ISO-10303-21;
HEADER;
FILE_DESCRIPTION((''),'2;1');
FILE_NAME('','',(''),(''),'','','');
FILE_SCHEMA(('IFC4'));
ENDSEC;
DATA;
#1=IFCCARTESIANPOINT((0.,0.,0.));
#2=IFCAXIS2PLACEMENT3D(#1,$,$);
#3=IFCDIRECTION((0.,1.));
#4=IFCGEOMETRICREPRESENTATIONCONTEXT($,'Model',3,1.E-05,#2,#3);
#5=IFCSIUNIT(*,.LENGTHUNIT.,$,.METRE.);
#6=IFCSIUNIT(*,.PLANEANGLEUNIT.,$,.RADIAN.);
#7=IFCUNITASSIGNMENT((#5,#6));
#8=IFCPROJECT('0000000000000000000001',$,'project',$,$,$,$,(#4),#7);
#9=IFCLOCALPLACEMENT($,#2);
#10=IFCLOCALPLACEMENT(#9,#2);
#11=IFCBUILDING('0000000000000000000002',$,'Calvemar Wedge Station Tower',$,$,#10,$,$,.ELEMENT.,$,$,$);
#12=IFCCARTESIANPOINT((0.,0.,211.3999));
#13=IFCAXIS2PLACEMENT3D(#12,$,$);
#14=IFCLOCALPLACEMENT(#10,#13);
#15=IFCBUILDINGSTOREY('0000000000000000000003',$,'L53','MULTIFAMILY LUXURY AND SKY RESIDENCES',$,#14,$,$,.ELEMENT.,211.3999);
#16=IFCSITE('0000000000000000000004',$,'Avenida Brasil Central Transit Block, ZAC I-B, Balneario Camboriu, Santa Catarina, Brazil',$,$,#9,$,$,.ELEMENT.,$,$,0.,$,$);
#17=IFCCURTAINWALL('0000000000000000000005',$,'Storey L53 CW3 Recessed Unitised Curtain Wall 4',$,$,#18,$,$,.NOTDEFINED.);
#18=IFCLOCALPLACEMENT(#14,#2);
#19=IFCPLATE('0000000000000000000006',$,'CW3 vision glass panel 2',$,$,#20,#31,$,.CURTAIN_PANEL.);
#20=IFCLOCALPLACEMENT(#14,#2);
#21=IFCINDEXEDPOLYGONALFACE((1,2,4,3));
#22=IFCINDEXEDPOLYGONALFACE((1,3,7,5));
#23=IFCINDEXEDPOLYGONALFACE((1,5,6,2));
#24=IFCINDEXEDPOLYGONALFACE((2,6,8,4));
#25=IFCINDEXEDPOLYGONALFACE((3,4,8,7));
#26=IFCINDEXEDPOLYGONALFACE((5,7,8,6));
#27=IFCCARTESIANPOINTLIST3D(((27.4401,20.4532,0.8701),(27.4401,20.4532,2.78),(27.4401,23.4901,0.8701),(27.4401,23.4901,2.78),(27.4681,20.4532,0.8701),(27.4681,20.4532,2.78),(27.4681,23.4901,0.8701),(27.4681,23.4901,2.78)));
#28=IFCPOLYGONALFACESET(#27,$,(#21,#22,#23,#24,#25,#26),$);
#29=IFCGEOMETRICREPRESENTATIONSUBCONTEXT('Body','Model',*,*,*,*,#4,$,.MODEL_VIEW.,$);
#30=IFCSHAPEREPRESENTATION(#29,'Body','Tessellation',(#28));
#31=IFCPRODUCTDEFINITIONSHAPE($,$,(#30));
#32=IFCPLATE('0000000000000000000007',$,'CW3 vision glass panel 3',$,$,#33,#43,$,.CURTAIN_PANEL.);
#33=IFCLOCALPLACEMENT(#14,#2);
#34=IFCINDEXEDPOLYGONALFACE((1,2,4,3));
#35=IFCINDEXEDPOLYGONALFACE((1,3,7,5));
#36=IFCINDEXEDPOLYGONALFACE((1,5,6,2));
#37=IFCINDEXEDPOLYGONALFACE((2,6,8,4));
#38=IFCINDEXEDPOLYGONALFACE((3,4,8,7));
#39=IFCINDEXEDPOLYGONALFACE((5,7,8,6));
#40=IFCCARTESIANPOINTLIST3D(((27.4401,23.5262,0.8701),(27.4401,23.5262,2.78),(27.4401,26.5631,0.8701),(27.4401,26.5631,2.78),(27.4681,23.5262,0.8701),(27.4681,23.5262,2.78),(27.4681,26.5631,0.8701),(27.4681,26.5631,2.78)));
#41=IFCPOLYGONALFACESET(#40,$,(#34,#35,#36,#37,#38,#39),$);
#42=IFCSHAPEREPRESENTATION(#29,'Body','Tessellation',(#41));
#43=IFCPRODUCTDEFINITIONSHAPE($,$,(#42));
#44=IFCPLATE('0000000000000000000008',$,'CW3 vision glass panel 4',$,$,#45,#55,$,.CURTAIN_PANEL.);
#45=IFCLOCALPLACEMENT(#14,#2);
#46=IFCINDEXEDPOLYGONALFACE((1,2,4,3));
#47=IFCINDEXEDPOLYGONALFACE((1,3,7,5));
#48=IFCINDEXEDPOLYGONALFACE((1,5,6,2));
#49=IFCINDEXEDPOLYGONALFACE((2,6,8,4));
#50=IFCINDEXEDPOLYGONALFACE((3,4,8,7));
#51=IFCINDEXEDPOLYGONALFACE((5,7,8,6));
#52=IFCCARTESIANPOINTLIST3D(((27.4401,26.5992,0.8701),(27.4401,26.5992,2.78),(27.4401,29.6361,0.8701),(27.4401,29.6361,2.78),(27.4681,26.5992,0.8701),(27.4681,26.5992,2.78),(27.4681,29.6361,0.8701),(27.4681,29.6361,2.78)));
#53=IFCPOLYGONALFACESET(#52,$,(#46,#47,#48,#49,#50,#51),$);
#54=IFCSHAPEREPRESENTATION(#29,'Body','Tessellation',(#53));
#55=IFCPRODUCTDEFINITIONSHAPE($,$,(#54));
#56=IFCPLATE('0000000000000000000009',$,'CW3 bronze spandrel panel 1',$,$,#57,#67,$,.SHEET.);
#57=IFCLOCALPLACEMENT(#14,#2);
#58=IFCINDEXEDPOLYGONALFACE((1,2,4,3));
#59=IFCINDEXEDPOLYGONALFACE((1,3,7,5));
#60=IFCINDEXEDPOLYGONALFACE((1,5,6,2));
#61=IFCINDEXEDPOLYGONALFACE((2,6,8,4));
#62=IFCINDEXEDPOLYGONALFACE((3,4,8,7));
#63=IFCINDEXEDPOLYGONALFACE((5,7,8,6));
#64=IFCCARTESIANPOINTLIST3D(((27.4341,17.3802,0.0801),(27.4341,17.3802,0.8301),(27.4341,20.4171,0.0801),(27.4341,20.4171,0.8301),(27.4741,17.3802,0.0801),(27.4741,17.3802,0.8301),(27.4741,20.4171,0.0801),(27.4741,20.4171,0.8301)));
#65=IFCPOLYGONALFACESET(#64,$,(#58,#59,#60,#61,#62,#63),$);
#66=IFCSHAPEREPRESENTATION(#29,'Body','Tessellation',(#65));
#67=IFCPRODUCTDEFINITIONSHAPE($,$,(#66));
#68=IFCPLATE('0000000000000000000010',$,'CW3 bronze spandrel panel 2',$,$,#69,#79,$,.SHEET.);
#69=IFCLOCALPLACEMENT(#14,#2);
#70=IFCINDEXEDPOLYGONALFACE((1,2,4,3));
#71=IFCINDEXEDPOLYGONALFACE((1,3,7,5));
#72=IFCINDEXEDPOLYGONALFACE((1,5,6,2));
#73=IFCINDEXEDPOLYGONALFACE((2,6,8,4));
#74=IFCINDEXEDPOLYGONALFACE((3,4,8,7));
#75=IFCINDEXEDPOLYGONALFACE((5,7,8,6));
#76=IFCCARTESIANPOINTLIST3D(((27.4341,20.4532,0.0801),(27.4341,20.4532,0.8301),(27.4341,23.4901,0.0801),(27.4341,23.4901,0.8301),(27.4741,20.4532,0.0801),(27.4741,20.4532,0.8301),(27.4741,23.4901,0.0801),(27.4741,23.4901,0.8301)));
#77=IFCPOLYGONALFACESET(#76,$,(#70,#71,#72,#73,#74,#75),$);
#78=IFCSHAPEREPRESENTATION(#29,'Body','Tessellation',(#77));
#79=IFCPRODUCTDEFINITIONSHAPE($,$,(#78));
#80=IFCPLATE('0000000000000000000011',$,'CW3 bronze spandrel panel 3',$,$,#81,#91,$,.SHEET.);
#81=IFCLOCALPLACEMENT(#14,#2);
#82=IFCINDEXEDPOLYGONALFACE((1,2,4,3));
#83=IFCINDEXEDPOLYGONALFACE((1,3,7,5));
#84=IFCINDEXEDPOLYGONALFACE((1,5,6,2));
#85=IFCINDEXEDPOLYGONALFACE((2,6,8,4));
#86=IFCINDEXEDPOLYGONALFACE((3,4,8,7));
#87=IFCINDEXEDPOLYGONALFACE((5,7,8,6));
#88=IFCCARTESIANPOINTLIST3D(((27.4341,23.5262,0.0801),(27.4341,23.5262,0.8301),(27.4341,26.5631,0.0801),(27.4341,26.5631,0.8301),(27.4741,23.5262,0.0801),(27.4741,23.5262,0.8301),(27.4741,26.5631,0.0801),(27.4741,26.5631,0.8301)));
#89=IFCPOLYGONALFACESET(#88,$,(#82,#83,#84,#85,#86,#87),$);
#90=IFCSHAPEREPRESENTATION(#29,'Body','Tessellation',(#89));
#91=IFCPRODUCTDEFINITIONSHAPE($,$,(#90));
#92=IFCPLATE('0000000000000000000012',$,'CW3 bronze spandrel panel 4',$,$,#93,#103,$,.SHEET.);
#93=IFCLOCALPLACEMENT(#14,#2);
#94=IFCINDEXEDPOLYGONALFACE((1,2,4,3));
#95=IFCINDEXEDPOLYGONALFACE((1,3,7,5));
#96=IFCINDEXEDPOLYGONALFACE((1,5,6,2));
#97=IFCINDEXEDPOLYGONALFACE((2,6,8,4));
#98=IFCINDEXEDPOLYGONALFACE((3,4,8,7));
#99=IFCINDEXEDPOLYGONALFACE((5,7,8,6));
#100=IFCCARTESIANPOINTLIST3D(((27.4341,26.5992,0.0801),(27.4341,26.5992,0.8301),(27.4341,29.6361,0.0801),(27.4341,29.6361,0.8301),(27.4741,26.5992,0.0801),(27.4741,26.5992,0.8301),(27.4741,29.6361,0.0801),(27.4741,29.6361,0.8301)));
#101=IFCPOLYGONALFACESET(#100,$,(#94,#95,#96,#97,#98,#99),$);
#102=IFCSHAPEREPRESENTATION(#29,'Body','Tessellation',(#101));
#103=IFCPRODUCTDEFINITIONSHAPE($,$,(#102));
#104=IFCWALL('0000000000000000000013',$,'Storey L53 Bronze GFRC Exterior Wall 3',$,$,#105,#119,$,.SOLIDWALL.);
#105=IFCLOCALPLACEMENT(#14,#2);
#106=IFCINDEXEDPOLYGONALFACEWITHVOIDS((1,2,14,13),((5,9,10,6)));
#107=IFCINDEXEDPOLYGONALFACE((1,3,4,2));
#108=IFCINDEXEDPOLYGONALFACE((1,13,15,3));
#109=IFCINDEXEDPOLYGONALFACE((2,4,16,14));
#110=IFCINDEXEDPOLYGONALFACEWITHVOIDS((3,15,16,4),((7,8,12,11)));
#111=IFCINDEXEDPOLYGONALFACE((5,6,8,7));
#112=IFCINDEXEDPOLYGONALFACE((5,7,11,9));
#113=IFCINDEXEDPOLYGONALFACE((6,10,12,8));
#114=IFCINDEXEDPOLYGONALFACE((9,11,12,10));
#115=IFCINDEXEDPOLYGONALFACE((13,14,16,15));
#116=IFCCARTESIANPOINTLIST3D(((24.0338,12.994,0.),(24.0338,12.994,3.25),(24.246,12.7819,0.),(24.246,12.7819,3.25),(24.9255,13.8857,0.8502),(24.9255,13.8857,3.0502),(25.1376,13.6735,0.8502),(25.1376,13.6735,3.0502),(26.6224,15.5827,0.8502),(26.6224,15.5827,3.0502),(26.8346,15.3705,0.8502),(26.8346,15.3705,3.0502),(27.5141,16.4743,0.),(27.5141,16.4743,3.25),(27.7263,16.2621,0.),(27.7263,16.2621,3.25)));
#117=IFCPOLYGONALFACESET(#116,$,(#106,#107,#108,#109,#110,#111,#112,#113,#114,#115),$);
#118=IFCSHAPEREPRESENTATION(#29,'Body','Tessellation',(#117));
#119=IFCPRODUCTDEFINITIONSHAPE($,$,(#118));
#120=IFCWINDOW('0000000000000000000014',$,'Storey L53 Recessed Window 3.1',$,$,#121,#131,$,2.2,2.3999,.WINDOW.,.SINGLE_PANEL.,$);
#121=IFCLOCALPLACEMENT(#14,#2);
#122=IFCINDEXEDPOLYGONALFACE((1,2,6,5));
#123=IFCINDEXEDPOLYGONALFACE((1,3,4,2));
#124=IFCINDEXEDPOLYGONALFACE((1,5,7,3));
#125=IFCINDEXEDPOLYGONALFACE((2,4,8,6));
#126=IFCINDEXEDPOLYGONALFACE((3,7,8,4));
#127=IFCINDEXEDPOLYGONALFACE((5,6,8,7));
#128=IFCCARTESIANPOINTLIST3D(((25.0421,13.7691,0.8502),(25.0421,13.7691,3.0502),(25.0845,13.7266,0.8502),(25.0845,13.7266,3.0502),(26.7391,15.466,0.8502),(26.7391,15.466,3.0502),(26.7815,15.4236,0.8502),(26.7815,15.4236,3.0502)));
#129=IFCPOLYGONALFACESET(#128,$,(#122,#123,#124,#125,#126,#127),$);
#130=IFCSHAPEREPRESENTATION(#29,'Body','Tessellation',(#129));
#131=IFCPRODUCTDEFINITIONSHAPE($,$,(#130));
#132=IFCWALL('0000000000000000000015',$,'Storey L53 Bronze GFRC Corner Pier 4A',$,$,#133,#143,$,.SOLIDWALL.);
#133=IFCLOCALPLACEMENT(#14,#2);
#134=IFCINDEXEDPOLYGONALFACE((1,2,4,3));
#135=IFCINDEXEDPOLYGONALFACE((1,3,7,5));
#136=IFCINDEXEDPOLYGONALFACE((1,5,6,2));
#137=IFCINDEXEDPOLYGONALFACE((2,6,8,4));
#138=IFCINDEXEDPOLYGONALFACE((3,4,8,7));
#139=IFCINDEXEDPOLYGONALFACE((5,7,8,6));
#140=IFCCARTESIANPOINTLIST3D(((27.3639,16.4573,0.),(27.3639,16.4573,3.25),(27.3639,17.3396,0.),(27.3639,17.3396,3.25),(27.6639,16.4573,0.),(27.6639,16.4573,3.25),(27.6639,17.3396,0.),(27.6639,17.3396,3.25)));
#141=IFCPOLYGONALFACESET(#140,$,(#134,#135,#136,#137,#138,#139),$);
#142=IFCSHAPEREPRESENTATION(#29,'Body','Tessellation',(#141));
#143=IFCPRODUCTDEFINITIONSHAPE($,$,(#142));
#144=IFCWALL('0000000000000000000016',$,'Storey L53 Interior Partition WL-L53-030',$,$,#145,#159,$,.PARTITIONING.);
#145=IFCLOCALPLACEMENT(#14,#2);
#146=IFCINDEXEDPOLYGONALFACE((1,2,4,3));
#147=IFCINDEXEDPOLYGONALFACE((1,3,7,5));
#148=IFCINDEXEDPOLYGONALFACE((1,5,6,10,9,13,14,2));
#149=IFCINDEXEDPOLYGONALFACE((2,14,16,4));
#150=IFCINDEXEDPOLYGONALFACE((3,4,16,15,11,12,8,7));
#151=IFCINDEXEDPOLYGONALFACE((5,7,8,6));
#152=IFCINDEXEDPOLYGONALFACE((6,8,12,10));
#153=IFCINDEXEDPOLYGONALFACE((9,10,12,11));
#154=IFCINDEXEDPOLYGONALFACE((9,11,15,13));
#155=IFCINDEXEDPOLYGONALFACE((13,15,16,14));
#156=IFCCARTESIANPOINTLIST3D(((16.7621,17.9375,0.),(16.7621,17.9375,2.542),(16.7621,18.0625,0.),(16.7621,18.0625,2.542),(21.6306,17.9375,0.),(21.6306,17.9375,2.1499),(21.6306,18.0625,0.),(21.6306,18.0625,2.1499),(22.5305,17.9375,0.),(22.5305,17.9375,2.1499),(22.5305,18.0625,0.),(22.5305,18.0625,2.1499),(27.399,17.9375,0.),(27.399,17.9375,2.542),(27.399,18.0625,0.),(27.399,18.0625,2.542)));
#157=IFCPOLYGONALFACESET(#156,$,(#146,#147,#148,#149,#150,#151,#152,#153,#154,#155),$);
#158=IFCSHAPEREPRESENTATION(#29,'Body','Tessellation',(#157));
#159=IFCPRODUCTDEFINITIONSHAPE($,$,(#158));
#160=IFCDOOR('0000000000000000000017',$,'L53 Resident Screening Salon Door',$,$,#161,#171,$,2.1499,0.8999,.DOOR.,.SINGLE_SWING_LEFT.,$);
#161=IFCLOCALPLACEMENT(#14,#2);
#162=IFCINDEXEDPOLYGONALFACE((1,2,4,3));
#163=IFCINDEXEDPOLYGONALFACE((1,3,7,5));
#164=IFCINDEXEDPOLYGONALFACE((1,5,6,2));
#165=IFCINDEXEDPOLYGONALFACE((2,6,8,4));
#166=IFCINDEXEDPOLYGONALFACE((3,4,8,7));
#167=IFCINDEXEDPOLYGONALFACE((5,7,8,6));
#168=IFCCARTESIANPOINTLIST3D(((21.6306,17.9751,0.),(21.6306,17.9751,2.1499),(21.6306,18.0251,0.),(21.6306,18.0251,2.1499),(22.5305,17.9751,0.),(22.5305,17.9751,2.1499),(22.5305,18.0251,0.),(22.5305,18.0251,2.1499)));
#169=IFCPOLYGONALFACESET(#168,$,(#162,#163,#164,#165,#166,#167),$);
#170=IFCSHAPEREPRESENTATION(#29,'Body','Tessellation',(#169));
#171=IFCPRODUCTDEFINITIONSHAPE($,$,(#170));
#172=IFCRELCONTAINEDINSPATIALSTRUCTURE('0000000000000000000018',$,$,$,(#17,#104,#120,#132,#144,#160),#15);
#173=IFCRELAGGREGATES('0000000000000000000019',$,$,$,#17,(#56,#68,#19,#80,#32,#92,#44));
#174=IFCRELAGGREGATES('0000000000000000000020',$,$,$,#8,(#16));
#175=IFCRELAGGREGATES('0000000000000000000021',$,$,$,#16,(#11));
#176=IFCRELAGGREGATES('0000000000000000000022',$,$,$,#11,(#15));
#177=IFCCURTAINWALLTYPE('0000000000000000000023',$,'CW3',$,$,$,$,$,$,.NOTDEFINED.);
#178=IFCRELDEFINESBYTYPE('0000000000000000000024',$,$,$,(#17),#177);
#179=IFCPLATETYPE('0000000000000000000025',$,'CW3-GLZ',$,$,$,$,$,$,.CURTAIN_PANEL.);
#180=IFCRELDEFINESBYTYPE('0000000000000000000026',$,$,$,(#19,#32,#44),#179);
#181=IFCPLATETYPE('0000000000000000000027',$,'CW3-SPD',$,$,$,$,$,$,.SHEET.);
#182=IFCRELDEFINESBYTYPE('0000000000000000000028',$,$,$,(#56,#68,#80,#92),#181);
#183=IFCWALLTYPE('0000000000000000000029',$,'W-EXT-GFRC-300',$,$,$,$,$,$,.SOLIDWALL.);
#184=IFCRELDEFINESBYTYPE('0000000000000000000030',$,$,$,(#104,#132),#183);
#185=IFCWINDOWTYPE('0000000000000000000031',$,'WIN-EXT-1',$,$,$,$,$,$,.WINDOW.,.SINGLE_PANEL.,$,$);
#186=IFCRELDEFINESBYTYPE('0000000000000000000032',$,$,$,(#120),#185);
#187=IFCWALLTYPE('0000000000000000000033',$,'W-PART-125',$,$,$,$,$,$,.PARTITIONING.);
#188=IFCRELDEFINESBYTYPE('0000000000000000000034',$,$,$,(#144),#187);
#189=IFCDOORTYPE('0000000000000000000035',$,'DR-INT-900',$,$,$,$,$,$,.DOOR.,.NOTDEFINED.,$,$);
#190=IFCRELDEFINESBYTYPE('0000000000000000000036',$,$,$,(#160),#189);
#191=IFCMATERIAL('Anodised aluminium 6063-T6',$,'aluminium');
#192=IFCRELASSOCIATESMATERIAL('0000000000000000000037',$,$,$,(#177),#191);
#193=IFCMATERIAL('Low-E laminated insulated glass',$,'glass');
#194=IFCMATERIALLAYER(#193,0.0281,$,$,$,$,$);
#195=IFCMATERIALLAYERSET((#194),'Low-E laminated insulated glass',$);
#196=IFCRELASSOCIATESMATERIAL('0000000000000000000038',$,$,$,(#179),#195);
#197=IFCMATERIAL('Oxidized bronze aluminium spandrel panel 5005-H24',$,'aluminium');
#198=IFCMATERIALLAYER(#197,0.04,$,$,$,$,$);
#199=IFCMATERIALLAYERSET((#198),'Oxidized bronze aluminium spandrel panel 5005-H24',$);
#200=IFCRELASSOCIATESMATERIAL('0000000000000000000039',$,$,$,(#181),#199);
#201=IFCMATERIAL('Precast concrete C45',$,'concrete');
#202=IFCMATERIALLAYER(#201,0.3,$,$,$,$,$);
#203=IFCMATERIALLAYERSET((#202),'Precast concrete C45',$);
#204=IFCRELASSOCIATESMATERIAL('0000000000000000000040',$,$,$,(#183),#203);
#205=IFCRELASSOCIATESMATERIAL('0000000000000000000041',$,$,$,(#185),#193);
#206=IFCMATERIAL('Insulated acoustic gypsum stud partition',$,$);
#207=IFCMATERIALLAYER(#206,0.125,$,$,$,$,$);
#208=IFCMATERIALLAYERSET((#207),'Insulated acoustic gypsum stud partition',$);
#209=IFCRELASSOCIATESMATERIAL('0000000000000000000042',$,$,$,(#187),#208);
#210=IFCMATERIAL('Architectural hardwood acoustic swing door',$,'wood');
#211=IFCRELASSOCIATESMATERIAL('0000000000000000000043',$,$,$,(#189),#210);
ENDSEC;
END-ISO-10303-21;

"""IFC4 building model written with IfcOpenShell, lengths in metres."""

from ifc_helpers import new_model, si_unit, direction, frame, frame_2d, origin, place, context, subcontext, project, spatial, rectangle, extrude, source, transform, mapped, material, layer, layer_set, type_object, element, fill, aggregate, save


model = new_model("IFC4")

# Units and contexts
model_context = context("Model", 3, precision=1e-05, world=origin(), true_north=direction((0.0, 1.0)))
body_context = subcontext(model_context, "Body", "Model", "MODEL_VIEW")
ifc_project = project(units=[si_unit("LENGTHUNIT", "METRE"), si_unit("PLANEANGLEUNIT", "RADIAN")], contexts=[model_context])

# Site, building, storey
site_placement = place(None, origin())
site = spatial("IfcSite", under=ifc_project, at=site_placement, Name="Avenida Brasil Central Transit Block, ZAC I-B, Balneario Camboriu, Santa Catarina, Brazil", CompositionType="ELEMENT", RefElevation=0.0)
building_placement = place(site_placement, origin())
building = spatial("IfcBuilding", under=site, at=building_placement, Name="Calvemar Wedge Station Tower", CompositionType="ELEMENT")
storey_placement = place(building_placement, frame((0.0, 0.0, 211.3999)))
storey = spatial("IfcBuildingStorey", under=building, at=storey_placement, Name="L53", Description="MULTIFAMILY LUXURY AND SKY RESIDENCES", CompositionType="ELEMENT", Elevation=211.3999)

# Curtain wall, plates
ifc_material_1 = material(Name="Anodised aluminium 6063-T6", Category="aluminium")
curtain_wall_type = type_object("IfcCurtainWallType", Name="CW3", PredefinedType="NOTDEFINED", material=ifc_material_1)
curtain_wall_placement = place(storey_placement, origin())
curtain_wall = element("IfcCurtainWall", 1, at=curtain_wall_placement, inside=storey, type_object=curtain_wall_type, Name="Storey L53 CW3 Recessed Unitised Curtain Wall 4", PredefinedType="NOTDEFINED")
ifc_material_2 = material(Name="Low-E laminated insulated glass", Category="glass")
ifc_layer_1 = layer(ifc_material_2, 0.0281)
ifc_layer_set_1 = layer_set([ifc_layer_1], Name="Low-E laminated insulated glass")
plate_type_1 = type_object("IfcPlateType", Name="CW3-GLZ", PredefinedType="CURTAIN_PANEL", material=ifc_layer_set_1)
plate_1_placement = place(storey_placement, frame((27.4541, 20.4531, 0.8701), z_axis=(0.0, 0.0, 1.0), x_axis=(0.0, 1.0, 0.0)))
plate_1 = element("IfcPlate", 2, at=plate_1_placement, type_object=plate_type_1, Name="CW3 vision glass panel 2", PredefinedType="CURTAIN_PANEL", context=body_context, shape_type="SweptSolid", body=[
    extrude(rectangle(XDim=3.0369, YDim=0.0281, at=frame_2d((1.5186, 0.0))), origin(), (0.0, 0.0, 1.0), 1.9099),
])
plate_2_placement = place(storey_placement, frame((27.4541, 23.5261, 0.8701), z_axis=(0.0, 0.0, 1.0), x_axis=(0.0, 1.0, 0.0)))
plate_2 = element("IfcPlate", 3, at=plate_2_placement, type_object=plate_type_1, Name="CW3 vision glass panel 3", PredefinedType="CURTAIN_PANEL", context=body_context, shape_type="SweptSolid", body=[
    extrude(rectangle(XDim=3.0369, YDim=0.0281, at=frame_2d((1.5186, 0.0))), origin(), (0.0, 0.0, 1.0), 1.9099),
])
plate_3_placement = place(storey_placement, frame((27.4541, 26.5991, 0.8701), z_axis=(0.0, 0.0, 1.0), x_axis=(0.0, 1.0, 0.0)))
plate_3 = element("IfcPlate", 4, at=plate_3_placement, type_object=plate_type_1, Name="CW3 vision glass panel 4", PredefinedType="CURTAIN_PANEL", context=body_context, shape_type="SweptSolid", body=[
    extrude(rectangle(XDim=3.0369, YDim=0.0281, at=frame_2d((1.5186, 0.0))), origin(), (0.0, 0.0, 1.0), 1.9099),
])
ifc_material_3 = material(Name="Oxidized bronze aluminium spandrel panel 5005-H24", Category="aluminium")
ifc_layer_2 = layer(ifc_material_3, 0.04)
ifc_layer_set_2 = layer_set([ifc_layer_2], Name="Oxidized bronze aluminium spandrel panel 5005-H24")
plate_type_2 = type_object("IfcPlateType", Name="CW3-SPD", PredefinedType="SHEET", material=ifc_layer_set_2)
plate_4_placement = place(storey_placement, frame((27.4541, 17.3801, 0.0801), z_axis=(0.0, 0.0, 1.0), x_axis=(0.0, 1.0, 0.0)))
plate_4 = element("IfcPlate", 5, at=plate_4_placement, type_object=plate_type_2, Name="CW3 bronze spandrel panel 1", PredefinedType="SHEET", context=body_context, shape_type="SweptSolid", body=[
    extrude(rectangle(XDim=3.0369, YDim=0.04, at=frame_2d((1.5186, 0.0))), origin(), (0.0, 0.0, 1.0), 0.75),
])
plate_5_placement = place(storey_placement, frame((27.4541, 20.4531, 0.0801), z_axis=(0.0, 0.0, 1.0), x_axis=(0.0, 1.0, 0.0)))
plate_5 = element("IfcPlate", 6, at=plate_5_placement, type_object=plate_type_2, Name="CW3 bronze spandrel panel 2", PredefinedType="SHEET", context=body_context, shape_type="SweptSolid", body=[
    extrude(rectangle(XDim=3.0369, YDim=0.04, at=frame_2d((1.5186, 0.0))), origin(), (0.0, 0.0, 1.0), 0.75),
])
plate_6_placement = place(storey_placement, frame((27.4541, 23.5261, 0.0801), z_axis=(0.0, 0.0, 1.0), x_axis=(0.0, 1.0, 0.0)))
plate_6 = element("IfcPlate", 7, at=plate_6_placement, type_object=plate_type_2, Name="CW3 bronze spandrel panel 3", PredefinedType="SHEET", context=body_context, shape_type="SweptSolid", body=[
    extrude(rectangle(XDim=3.0369, YDim=0.04, at=frame_2d((1.5186, 0.0))), origin(), (0.0, 0.0, 1.0), 0.75),
])
plate_7_placement = place(storey_placement, frame((27.4541, 26.5991, 0.0801), z_axis=(0.0, 0.0, 1.0), x_axis=(0.0, 1.0, 0.0)))
plate_7 = element("IfcPlate", 8, at=plate_7_placement, type_object=plate_type_2, Name="CW3 bronze spandrel panel 4", PredefinedType="SHEET", context=body_context, shape_type="SweptSolid", body=[
    extrude(rectangle(XDim=3.0369, YDim=0.04, at=frame_2d((1.5186, 0.0))), origin(), (0.0, 0.0, 1.0), 0.75),
])
aggregate(curtain_wall, [plate_4, plate_5, plate_1, plate_6, plate_2, plate_7, plate_3])

# Wall, opening, window
ifc_material_4 = material(Name="Precast concrete C45", Category="concrete")
ifc_layer_3 = layer(ifc_material_4, 0.3)
ifc_layer_set_3 = layer_set([ifc_layer_3], Name="Precast concrete C45")
wall_type_1 = type_object("IfcWallType", Name="W-EXT-GFRC-300", PredefinedType="SOLIDWALL", material=ifc_layer_set_3)
wall_1_placement = place(storey_placement, frame((24.1399, 12.8879, 0.0), z_axis=(0.0, 0.0, 1.0), x_axis=(0.707107, 0.707107, 0.0)))
wall_1 = element("IfcWall", 9, at=wall_1_placement, inside=storey, type_object=wall_type_1, Name="Storey L53 Bronze GFRC Exterior Wall 3", PredefinedType="SOLIDWALL", context=body_context, shape_type="SweptSolid", body=[
    extrude(rectangle(XDim=4.9219, YDim=0.3, at=frame_2d((2.4609, 0.0))), origin(), (0.0, 0.0, 1.0), 3.25),
])
shared_shape_1 = source(origin(), body_context, "Body", "SweptSolid", [
    extrude(rectangle(XDim=2.3999, YDim=2.2, at=frame_2d((1.2, 1.1001))), frame((0.0, 0.1602, 0.0), z_axis=(0.0, -1.0, 0.0), x_axis=(1.0, 0.0, 0.0)), (0.0, 0.0, 1.0), 0.3201),
])
opening_1_placement = place(wall_1_placement, frame((1.261, 0.0, 0.8501)))
opening_1 = element("IfcOpeningElement", 10, at=opening_1_placement, cuts=wall_1, PredefinedType="OPENING", context=body_context, shape_type="MappedRepresentation", body=[
    mapped(shared_shape_1, transform((0.0, 0.0, 0.0), scale=1.0)),
])
window_type = type_object("IfcWindowType", Name="WIN-EXT-1", PartitioningType="SINGLE_PANEL", PredefinedType="WINDOW", material=ifc_material_2)
shared_shape_2 = source(origin(), body_context, "Body", "SweptSolid", [
    extrude(rectangle(XDim=2.3999, YDim=2.2, at=frame_2d((1.2, 1.1001))), frame((0.0, -0.0149, 0.0), z_axis=(0.0, -1.0, 0.0), x_axis=(1.0, 0.0, 0.0)), (0.0, 0.0, 1.0), 0.0601),
])
window_placement = place(opening_1_placement, origin())
window = element("IfcWindow", 11, at=window_placement, inside=storey, type_object=window_type, Name="Storey L53 Recessed Window 3.1", OverallHeight=2.2, OverallWidth=2.3999, PartitioningType="SINGLE_PANEL", PredefinedType="WINDOW", context=body_context, shape_type="MappedRepresentation", body=[
    mapped(shared_shape_2, transform((0.0, 0.0, 0.0), scale=1.0)),
])
fill(opening_1, window)

# Wall
wall_2_placement = place(storey_placement, frame((27.5139, 16.4573, 0.0), z_axis=(0.0, 0.0, 1.0), x_axis=(0.0, 1.0, 0.0)))
element("IfcWall", 12, at=wall_2_placement, inside=storey, type_object=wall_type_1, Name="Storey L53 Bronze GFRC Corner Pier 4A", PredefinedType="SOLIDWALL", context=body_context, shape_type="SweptSolid", body=[
    extrude(rectangle(XDim=0.8823, YDim=0.3, at=frame_2d((0.4412, 0.0))), origin(), (0.0, 0.0, 1.0), 3.25),
])

# Wall, opening, door
ifc_material_5 = material(Name="Insulated acoustic gypsum stud partition")
ifc_layer_4 = layer(ifc_material_5, 0.125)
ifc_layer_set_4 = layer_set([ifc_layer_4], Name="Insulated acoustic gypsum stud partition")
wall_type_2 = type_object("IfcWallType", Name="W-PART-125", PredefinedType="PARTITIONING", material=ifc_layer_set_4)
wall_3_placement = place(storey_placement, frame((27.3989, 18.0, 0.0), z_axis=(0.0, 0.0, 1.0), x_axis=(-1.0, 0.0, 0.0)))
wall_3 = element("IfcWall", 13, at=wall_3_placement, inside=storey, type_object=wall_type_2, Name="Storey L53 Interior Partition WL-L53-030", PredefinedType="PARTITIONING", context=body_context, shape_type="SweptSolid", body=[
    extrude(rectangle(XDim=10.637, YDim=0.125, at=frame_2d((5.3184, 0.0))), origin(), (0.0, 0.0, 1.0), 2.542),
])
shared_shape_3 = source(origin(), body_context, "Body", "SweptSolid", [
    extrude(rectangle(XDim=0.8999, YDim=2.1499, at=frame_2d((0.45, 1.075))), frame((0.0, 0.0725, 0.0), z_axis=(0.0, -1.0, 0.0), x_axis=(1.0, 0.0, 0.0)), (0.0, 0.0, 1.0), 0.145),
])
opening_2_placement = place(wall_3_placement, frame((4.8684, 0.0, 0.0)))
opening_2 = element("IfcOpeningElement", 14, at=opening_2_placement, cuts=wall_3, PredefinedType="OPENING", context=body_context, shape_type="MappedRepresentation", body=[
    mapped(shared_shape_3, transform((0.0, 0.0, 0.0), scale=1.0)),
])
ifc_material_6 = material(Name="Architectural hardwood acoustic swing door", Category="wood")
door_type = type_object("IfcDoorType", Name="DR-INT-900", OperationType="NOTDEFINED", PredefinedType="DOOR", material=ifc_material_6)
shared_shape_4 = source(origin(), body_context, "Body", "SweptSolid", [
    extrude(rectangle(XDim=0.8999, YDim=2.1499, at=frame_2d((0.45, 1.075))), frame((0.0, 0.0249, 0.0), z_axis=(0.0, -1.0, 0.0), x_axis=(1.0, 0.0, 0.0)), (0.0, 0.0, 1.0), 0.05),
])
door_placement = place(opening_2_placement, origin())
door = element("IfcDoor", 15, at=door_placement, inside=storey, type_object=door_type, Name="L53 Resident Screening Salon Door", OperationType="SINGLE_SWING_LEFT", OverallHeight=2.1499, OverallWidth=0.8999, PredefinedType="DOOR", context=body_context, shape_type="MappedRepresentation", body=[
    mapped(shared_shape_4, transform((0.0, 0.0, 0.0), scale=1.0)),
])
fill(opening_2, door)

save(model, "model.ifc")
